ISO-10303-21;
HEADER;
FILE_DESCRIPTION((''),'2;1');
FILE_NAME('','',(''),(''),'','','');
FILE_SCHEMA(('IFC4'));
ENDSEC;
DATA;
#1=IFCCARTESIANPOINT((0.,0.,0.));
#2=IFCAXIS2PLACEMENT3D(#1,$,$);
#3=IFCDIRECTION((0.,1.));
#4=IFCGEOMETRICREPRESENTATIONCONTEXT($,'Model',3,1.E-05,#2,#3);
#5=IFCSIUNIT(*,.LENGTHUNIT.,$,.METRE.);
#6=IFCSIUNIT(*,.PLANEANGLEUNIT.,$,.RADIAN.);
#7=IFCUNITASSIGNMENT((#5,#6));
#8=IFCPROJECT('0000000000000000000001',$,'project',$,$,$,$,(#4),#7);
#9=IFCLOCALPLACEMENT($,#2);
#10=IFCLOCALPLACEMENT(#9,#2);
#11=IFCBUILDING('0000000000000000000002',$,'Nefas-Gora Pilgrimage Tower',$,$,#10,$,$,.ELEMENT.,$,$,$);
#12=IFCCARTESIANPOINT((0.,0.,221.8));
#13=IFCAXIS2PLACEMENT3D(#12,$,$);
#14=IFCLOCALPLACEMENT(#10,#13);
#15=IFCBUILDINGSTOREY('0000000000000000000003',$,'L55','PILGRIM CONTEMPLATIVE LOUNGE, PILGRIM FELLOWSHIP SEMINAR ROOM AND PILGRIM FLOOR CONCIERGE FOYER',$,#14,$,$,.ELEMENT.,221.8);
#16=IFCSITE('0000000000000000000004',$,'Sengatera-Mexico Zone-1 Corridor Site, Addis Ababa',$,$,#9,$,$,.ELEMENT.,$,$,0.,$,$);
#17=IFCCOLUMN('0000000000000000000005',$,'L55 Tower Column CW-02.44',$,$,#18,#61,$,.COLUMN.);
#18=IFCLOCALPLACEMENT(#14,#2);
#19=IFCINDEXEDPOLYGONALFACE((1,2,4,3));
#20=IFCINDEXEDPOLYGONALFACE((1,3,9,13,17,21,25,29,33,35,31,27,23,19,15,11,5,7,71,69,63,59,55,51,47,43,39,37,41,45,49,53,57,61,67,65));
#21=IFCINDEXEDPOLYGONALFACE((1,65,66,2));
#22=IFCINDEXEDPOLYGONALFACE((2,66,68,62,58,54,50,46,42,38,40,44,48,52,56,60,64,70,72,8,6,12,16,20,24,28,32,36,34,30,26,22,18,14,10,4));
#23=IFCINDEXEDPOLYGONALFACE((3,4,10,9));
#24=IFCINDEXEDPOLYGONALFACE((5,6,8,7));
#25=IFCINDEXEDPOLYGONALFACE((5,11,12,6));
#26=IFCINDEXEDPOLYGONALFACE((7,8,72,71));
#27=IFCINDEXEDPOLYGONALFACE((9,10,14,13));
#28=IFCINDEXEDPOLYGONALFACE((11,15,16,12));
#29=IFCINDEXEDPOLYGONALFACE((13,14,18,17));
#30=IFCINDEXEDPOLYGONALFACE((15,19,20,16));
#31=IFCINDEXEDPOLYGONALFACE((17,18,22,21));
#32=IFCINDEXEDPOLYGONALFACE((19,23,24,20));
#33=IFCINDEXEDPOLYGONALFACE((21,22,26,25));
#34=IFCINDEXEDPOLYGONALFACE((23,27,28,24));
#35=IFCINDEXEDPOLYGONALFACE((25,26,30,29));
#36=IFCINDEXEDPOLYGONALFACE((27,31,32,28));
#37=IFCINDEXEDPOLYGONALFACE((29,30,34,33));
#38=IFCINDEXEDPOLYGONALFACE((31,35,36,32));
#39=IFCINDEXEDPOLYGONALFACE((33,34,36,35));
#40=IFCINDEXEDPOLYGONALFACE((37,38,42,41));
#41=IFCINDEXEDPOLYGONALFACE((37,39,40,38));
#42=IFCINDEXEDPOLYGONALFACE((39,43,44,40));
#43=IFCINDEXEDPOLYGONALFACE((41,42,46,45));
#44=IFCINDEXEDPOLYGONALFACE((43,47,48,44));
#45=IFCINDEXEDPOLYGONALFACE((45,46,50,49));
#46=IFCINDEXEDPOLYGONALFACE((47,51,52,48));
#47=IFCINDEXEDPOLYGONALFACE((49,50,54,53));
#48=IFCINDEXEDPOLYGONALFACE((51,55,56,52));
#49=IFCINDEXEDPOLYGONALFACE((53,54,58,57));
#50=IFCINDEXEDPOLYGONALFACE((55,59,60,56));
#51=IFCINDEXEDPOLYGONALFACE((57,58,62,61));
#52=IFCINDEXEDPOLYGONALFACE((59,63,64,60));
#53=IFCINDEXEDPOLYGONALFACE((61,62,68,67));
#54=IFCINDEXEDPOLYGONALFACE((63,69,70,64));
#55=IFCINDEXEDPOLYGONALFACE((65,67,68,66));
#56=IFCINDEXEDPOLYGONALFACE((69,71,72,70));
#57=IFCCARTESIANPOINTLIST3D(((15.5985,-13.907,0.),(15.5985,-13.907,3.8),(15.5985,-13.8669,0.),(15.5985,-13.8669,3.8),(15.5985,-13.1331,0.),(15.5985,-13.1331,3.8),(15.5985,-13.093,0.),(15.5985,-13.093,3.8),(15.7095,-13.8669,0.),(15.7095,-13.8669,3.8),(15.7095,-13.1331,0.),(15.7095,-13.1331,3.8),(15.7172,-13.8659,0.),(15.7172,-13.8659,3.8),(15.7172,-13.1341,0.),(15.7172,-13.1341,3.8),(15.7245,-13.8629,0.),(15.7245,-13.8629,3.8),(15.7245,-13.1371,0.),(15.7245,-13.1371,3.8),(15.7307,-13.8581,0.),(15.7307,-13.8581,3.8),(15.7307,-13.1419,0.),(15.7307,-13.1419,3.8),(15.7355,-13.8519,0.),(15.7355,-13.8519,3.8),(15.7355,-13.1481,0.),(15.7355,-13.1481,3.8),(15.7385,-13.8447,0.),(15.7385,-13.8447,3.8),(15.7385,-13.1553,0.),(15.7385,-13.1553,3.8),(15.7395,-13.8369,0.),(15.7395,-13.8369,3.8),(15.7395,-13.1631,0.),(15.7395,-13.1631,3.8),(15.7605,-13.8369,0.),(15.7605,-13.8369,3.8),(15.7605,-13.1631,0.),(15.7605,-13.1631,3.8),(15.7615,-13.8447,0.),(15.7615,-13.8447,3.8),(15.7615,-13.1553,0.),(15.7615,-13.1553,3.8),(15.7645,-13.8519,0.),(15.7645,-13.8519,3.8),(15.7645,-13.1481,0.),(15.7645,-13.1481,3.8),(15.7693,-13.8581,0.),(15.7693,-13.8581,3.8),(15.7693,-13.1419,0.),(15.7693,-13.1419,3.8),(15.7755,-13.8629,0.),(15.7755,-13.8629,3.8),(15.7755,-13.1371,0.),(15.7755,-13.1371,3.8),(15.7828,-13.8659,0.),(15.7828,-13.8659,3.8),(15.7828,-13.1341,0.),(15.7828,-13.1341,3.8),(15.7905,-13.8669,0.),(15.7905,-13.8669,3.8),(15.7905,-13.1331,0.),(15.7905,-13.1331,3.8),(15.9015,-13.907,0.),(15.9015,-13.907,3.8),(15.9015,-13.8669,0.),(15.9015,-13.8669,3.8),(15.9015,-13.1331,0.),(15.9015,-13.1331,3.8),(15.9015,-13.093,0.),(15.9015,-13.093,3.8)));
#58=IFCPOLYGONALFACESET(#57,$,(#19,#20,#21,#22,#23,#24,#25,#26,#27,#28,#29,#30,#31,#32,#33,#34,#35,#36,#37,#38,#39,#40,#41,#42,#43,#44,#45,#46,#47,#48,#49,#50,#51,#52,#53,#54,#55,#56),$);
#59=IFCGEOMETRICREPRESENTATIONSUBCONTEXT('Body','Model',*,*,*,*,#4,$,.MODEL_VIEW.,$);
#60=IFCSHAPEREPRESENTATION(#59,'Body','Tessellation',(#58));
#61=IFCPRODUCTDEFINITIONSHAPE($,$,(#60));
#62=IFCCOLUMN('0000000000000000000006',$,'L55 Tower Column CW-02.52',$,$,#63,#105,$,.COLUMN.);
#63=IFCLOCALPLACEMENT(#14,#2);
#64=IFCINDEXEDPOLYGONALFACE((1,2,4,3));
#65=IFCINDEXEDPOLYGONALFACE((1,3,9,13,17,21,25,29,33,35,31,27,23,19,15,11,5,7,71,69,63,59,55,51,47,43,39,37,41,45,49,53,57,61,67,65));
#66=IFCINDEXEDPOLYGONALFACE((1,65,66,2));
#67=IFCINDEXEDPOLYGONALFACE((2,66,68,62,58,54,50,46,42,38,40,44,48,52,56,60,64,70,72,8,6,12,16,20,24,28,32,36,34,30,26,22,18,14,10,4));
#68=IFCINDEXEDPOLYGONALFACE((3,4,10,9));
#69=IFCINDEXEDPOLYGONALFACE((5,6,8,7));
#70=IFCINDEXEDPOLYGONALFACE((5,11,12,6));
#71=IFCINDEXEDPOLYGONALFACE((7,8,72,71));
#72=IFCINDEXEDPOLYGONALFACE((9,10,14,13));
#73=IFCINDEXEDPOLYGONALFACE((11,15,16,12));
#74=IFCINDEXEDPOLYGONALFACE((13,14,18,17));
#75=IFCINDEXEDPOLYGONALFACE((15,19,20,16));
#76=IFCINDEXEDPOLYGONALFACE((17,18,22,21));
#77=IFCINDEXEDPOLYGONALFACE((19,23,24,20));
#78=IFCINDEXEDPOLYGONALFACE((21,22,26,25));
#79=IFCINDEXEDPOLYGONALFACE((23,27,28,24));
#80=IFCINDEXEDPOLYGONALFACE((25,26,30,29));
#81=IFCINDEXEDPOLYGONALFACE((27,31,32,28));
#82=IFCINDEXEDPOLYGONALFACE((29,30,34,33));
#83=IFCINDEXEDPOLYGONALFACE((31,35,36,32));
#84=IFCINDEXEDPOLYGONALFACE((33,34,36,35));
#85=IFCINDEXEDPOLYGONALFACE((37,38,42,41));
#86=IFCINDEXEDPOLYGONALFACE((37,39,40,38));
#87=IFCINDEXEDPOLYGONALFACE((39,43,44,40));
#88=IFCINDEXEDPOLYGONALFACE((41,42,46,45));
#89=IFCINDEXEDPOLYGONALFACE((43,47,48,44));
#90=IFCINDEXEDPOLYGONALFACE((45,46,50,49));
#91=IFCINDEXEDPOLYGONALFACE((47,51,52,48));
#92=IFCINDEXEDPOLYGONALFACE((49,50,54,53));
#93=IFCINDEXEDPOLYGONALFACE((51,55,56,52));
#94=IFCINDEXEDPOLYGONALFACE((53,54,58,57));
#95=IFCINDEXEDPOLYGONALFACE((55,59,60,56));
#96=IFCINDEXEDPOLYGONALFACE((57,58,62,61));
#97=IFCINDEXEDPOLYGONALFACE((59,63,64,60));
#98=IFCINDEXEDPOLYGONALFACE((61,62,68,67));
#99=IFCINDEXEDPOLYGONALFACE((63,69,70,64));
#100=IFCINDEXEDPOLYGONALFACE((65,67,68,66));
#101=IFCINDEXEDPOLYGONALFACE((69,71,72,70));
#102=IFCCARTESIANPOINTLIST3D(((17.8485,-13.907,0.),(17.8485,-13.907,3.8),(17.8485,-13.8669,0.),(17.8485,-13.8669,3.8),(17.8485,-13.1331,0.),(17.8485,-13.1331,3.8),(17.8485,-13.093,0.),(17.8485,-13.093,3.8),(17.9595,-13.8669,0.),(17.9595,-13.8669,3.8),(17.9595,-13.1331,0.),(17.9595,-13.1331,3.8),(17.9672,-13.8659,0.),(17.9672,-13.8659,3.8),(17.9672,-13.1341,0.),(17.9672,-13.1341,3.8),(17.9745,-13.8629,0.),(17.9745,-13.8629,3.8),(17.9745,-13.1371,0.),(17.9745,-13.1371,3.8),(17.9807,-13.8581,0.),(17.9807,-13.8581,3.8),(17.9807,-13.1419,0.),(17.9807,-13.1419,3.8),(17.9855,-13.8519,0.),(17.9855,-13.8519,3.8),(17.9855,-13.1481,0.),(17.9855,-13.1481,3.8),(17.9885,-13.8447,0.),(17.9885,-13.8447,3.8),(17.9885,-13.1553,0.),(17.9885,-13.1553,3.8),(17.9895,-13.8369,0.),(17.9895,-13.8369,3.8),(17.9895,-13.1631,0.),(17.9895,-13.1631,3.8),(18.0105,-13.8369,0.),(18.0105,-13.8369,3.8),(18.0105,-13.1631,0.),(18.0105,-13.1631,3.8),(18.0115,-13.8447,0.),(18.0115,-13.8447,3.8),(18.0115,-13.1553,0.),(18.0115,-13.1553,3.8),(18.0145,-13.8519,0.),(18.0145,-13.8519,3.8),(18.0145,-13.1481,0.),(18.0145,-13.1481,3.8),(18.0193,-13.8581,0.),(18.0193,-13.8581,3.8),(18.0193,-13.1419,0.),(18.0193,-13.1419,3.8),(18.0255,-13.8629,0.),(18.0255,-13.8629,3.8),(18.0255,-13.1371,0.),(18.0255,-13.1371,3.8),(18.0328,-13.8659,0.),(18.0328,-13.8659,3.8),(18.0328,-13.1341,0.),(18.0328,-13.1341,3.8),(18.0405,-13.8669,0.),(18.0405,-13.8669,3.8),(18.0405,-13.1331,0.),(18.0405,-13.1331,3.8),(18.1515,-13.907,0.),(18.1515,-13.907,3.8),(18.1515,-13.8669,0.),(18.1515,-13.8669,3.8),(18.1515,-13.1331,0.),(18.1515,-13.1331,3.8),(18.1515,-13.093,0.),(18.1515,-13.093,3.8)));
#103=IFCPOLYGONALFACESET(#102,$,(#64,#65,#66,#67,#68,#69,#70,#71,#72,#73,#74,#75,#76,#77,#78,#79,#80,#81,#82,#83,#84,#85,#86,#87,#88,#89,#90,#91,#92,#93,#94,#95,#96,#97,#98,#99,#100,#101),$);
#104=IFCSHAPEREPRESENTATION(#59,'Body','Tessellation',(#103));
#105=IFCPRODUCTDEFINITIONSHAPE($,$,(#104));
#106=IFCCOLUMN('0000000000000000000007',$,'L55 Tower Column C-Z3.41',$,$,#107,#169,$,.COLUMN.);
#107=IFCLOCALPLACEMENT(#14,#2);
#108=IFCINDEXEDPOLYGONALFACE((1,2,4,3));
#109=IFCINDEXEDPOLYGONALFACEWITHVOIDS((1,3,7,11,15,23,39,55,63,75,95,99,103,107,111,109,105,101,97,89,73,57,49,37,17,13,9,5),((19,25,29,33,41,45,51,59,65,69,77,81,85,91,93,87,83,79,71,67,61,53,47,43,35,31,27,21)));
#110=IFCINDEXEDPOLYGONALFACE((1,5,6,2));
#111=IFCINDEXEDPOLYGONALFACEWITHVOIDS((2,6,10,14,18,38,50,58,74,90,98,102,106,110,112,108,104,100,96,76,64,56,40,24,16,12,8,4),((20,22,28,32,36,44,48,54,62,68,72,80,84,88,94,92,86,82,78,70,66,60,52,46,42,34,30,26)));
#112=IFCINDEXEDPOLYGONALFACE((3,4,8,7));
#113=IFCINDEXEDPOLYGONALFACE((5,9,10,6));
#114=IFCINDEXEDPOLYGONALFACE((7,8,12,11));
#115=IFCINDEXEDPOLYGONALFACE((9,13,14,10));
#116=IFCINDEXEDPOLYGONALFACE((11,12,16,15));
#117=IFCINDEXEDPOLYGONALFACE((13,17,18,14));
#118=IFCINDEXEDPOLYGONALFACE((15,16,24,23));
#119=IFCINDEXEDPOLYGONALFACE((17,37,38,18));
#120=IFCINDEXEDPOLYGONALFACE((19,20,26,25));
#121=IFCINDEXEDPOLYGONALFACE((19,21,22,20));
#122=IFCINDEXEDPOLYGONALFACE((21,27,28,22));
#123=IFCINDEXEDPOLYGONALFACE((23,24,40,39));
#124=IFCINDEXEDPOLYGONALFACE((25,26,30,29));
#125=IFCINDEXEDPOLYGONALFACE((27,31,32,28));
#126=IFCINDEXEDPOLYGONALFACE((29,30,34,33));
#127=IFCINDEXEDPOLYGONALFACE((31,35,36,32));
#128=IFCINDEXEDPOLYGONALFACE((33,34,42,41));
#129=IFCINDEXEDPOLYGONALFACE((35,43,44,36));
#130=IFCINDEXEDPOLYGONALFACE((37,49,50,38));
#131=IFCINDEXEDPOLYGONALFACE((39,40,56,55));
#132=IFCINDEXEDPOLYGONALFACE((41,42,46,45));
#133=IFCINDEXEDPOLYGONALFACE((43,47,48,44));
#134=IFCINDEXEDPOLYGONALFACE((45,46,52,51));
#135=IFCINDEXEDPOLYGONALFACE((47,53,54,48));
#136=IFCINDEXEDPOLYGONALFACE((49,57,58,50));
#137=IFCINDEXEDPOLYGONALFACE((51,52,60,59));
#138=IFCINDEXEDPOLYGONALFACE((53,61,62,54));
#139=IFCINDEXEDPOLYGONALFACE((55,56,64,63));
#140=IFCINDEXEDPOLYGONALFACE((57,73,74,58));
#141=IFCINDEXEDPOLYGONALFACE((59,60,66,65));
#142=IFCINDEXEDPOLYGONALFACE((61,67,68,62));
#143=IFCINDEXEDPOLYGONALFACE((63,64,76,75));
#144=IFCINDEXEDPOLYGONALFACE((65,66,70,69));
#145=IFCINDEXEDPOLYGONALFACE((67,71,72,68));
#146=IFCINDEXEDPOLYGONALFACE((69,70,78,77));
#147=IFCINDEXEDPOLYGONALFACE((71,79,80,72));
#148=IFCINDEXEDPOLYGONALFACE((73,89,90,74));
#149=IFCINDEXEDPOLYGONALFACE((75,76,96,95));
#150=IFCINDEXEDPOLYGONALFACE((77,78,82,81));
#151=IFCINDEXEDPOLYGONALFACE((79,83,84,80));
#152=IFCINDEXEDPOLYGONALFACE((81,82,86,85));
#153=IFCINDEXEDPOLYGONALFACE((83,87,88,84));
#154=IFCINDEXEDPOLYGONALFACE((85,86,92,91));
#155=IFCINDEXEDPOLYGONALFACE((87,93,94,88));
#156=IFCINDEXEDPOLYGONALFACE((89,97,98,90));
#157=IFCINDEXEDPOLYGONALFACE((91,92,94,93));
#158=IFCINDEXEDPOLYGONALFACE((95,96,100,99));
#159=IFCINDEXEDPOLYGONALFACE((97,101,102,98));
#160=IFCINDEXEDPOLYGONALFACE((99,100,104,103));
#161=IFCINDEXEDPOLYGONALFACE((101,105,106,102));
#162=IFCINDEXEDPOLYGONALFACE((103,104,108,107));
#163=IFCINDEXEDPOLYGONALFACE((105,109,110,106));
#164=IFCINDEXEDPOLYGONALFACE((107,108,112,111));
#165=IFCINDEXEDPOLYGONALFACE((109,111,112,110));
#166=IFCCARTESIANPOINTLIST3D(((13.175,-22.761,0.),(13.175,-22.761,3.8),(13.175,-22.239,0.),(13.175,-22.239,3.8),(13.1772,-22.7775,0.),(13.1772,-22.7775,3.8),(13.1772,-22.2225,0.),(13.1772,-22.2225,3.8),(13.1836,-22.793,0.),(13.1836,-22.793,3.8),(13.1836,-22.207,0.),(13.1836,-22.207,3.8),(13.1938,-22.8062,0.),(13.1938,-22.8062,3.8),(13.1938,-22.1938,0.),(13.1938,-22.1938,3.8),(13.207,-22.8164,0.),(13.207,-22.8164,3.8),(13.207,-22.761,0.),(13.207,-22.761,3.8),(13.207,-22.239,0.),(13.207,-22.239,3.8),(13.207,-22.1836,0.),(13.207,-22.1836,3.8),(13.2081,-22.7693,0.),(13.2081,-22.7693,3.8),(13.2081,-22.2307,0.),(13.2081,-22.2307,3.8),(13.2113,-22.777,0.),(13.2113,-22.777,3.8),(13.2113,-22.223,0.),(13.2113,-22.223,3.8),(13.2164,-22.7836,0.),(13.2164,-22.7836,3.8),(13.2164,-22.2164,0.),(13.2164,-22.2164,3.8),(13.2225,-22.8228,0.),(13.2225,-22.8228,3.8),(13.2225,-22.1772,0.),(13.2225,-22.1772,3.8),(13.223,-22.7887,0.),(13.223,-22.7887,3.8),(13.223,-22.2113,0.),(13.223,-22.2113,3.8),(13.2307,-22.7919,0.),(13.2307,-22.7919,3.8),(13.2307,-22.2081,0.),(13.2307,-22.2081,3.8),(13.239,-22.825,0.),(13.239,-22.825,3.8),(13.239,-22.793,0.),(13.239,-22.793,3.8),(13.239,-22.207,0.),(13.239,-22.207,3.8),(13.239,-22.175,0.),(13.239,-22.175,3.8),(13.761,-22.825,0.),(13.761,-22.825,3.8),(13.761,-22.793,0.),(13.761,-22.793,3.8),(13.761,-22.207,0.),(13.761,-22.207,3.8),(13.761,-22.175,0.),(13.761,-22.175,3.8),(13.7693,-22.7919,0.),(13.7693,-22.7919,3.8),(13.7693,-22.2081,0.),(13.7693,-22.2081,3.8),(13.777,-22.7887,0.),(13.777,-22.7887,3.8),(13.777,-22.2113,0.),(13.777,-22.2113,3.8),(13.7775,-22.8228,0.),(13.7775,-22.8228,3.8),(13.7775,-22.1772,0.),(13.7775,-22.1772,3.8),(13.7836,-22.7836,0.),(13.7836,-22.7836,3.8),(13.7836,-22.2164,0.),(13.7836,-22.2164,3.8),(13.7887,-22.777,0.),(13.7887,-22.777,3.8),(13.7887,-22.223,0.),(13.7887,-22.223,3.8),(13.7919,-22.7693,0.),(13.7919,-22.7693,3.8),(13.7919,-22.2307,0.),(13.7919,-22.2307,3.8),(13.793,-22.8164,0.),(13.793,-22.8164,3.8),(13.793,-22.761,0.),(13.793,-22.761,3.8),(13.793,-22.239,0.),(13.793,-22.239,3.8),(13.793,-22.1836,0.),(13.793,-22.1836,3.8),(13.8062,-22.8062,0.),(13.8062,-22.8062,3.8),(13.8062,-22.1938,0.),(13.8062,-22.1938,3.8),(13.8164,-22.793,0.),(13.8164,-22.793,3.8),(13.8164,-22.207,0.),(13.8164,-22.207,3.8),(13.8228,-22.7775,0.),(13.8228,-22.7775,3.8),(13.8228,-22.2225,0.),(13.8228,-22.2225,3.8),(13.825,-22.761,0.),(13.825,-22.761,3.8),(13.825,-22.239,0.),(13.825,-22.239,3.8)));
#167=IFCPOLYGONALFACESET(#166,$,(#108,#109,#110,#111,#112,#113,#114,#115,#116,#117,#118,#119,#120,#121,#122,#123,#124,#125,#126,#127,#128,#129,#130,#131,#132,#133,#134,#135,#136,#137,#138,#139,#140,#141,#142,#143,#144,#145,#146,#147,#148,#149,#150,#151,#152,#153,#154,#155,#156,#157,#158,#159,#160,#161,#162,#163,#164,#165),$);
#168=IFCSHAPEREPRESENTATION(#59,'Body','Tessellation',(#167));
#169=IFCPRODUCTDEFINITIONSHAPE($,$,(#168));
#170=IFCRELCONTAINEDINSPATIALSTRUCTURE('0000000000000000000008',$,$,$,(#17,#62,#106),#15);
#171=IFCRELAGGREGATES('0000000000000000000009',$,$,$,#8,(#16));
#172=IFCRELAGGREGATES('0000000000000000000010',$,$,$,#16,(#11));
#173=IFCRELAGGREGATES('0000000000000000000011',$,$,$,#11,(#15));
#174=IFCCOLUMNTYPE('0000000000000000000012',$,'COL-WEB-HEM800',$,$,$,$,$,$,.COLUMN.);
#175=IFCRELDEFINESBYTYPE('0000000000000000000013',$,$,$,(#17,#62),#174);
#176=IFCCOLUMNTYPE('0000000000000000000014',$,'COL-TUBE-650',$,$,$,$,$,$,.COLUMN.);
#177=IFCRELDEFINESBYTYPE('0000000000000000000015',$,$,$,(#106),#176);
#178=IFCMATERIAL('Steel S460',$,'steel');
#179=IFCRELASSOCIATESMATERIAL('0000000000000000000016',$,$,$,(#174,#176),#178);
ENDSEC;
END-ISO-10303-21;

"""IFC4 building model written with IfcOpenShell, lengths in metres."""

from ifc_helpers import new_model, si_unit, direction, frame, origin, origin_2d, place, context, subcontext, project, spatial, hollow_rectangle, i_section, extrude, source, transform, mapped, material, material_profile, profile_set, type_object, element, save


model = new_model("IFC4")

# Units and contexts
model_context = context("Model", 3, precision=1e-05, world=origin(), true_north=direction((0.0, 1.0)))
body_context = subcontext(model_context, "Body", "Model", "MODEL_VIEW")
ifc_project = project(units=[si_unit("LENGTHUNIT", "METRE"), si_unit("PLANEANGLEUNIT", "RADIAN")], contexts=[model_context])

# Site, building, storey
site_placement = place(None, origin())
site = spatial("IfcSite", under=ifc_project, at=site_placement, Name="Sengatera-Mexico Zone-1 Corridor Site, Addis Ababa", CompositionType="ELEMENT", RefElevation=0.0)
building_placement = place(site_placement, origin())
building = spatial("IfcBuilding", under=site, at=building_placement, Name="Nefas-Gora Pilgrimage Tower", CompositionType="ELEMENT")
storey_placement = place(building_placement, frame((0.0, 0.0, 221.8)))
storey = spatial("IfcBuildingStorey", under=building, at=storey_placement, Name="L55", Description="PILGRIM CONTEMPLATIVE LOUNGE, PILGRIM FELLOWSHIP SEMINAR ROOM AND PILGRIM FLOOR CONCIERGE FOYER", CompositionType="ELEMENT", Elevation=221.8)

# Columns
ifc_material_1 = material(Name="Steel S460", Category="steel")
ifc_material_profile_1 = material_profile(ifc_material_1, i_section(OverallWidth=0.303, OverallDepth=0.814, WebThickness=0.021, FlangeThickness=0.04, FilletRadius=0.03, at=origin_2d()), Name="HEM 800")
ifc_profile_set_1 = profile_set([ifc_material_profile_1], Name="Steel S460")
column_type_1 = type_object("IfcColumnType", Name="COL-WEB-HEM800", PredefinedType="COLUMN", material=ifc_profile_set_1)
shared_shape_1 = source(origin(), body_context, "Body", "SweptSolid", [
    extrude(i_section(OverallWidth=0.303, OverallDepth=0.814, WebThickness=0.021, FlangeThickness=0.04, FilletRadius=0.03, at=origin_2d()), origin(), (0.0, 0.0, 1.0), 3.8),
])
for number, where, z_axis, x_axis, name in (
    (1, (15.75, -13.5, 0.0), (0.0, 0.0, 1.0), (1.0, 0.0, 0.0), "L55 Tower Column CW-02.44"),
    (2, (18.0, -13.5, 0.0), (0.0, 0.0, 1.0), (1.0, 0.0, 0.0), "L55 Tower Column CW-02.52"),
):
    element("IfcColumn", number, at=place(storey_placement, frame(where, z_axis=z_axis, x_axis=x_axis)), inside=storey, type_object=column_type_1, Name=name, PredefinedType="COLUMN", context=body_context, shape_type="MappedRepresentation", body=[
        mapped(shared_shape_1, transform((0.0, 0.0, 0.0), x_axis=(1.0, 0.0, 0.0), y_axis=(0.0, 1.0, 0.0), z_axis=(0.0, 0.0, 1.0), scale=1.0)),
    ])
ifc_material_profile_2 = material_profile(ifc_material_1, hollow_rectangle(XDim=0.6499, YDim=0.6499, WallThickness=0.032, InnerFilletRadius=0.032, OuterFilletRadius=0.064, at=origin_2d()), Name="BOX 650x650x32")
ifc_profile_set_2 = profile_set([ifc_material_profile_2], Name="Steel S460")
column_type_2 = type_object("IfcColumnType", Name="COL-TUBE-650", PredefinedType="COLUMN", material=ifc_profile_set_2)
shared_shape_2 = source(origin(), body_context, "Body", "SweptSolid", [
    extrude(hollow_rectangle(XDim=0.6499, YDim=0.6499, WallThickness=0.032, InnerFilletRadius=0.032, OuterFilletRadius=0.064, at=origin_2d()), origin(), (0.0, 0.0, 1.0), 3.8),
])
for number, where, z_axis, x_axis, name in (
    (3, (13.5, -22.5, 0.0), (0.0, 0.0, 1.0), (1.0, 0.0, 0.0), "L55 Tower Column C-Z3.41"),
):
    element("IfcColumn", number, at=place(storey_placement, frame(where, z_axis=z_axis, x_axis=x_axis)), inside=storey, type_object=column_type_2, Name=name, PredefinedType="COLUMN", context=body_context, shape_type="MappedRepresentation", body=[
        mapped(shared_shape_2, transform((0.0, 0.0, 0.0), x_axis=(1.0, 0.0, 0.0), y_axis=(0.0, 1.0, 0.0), z_axis=(0.0, 0.0, 1.0), scale=1.0)),
    ])

save(model, "model.ifc")
